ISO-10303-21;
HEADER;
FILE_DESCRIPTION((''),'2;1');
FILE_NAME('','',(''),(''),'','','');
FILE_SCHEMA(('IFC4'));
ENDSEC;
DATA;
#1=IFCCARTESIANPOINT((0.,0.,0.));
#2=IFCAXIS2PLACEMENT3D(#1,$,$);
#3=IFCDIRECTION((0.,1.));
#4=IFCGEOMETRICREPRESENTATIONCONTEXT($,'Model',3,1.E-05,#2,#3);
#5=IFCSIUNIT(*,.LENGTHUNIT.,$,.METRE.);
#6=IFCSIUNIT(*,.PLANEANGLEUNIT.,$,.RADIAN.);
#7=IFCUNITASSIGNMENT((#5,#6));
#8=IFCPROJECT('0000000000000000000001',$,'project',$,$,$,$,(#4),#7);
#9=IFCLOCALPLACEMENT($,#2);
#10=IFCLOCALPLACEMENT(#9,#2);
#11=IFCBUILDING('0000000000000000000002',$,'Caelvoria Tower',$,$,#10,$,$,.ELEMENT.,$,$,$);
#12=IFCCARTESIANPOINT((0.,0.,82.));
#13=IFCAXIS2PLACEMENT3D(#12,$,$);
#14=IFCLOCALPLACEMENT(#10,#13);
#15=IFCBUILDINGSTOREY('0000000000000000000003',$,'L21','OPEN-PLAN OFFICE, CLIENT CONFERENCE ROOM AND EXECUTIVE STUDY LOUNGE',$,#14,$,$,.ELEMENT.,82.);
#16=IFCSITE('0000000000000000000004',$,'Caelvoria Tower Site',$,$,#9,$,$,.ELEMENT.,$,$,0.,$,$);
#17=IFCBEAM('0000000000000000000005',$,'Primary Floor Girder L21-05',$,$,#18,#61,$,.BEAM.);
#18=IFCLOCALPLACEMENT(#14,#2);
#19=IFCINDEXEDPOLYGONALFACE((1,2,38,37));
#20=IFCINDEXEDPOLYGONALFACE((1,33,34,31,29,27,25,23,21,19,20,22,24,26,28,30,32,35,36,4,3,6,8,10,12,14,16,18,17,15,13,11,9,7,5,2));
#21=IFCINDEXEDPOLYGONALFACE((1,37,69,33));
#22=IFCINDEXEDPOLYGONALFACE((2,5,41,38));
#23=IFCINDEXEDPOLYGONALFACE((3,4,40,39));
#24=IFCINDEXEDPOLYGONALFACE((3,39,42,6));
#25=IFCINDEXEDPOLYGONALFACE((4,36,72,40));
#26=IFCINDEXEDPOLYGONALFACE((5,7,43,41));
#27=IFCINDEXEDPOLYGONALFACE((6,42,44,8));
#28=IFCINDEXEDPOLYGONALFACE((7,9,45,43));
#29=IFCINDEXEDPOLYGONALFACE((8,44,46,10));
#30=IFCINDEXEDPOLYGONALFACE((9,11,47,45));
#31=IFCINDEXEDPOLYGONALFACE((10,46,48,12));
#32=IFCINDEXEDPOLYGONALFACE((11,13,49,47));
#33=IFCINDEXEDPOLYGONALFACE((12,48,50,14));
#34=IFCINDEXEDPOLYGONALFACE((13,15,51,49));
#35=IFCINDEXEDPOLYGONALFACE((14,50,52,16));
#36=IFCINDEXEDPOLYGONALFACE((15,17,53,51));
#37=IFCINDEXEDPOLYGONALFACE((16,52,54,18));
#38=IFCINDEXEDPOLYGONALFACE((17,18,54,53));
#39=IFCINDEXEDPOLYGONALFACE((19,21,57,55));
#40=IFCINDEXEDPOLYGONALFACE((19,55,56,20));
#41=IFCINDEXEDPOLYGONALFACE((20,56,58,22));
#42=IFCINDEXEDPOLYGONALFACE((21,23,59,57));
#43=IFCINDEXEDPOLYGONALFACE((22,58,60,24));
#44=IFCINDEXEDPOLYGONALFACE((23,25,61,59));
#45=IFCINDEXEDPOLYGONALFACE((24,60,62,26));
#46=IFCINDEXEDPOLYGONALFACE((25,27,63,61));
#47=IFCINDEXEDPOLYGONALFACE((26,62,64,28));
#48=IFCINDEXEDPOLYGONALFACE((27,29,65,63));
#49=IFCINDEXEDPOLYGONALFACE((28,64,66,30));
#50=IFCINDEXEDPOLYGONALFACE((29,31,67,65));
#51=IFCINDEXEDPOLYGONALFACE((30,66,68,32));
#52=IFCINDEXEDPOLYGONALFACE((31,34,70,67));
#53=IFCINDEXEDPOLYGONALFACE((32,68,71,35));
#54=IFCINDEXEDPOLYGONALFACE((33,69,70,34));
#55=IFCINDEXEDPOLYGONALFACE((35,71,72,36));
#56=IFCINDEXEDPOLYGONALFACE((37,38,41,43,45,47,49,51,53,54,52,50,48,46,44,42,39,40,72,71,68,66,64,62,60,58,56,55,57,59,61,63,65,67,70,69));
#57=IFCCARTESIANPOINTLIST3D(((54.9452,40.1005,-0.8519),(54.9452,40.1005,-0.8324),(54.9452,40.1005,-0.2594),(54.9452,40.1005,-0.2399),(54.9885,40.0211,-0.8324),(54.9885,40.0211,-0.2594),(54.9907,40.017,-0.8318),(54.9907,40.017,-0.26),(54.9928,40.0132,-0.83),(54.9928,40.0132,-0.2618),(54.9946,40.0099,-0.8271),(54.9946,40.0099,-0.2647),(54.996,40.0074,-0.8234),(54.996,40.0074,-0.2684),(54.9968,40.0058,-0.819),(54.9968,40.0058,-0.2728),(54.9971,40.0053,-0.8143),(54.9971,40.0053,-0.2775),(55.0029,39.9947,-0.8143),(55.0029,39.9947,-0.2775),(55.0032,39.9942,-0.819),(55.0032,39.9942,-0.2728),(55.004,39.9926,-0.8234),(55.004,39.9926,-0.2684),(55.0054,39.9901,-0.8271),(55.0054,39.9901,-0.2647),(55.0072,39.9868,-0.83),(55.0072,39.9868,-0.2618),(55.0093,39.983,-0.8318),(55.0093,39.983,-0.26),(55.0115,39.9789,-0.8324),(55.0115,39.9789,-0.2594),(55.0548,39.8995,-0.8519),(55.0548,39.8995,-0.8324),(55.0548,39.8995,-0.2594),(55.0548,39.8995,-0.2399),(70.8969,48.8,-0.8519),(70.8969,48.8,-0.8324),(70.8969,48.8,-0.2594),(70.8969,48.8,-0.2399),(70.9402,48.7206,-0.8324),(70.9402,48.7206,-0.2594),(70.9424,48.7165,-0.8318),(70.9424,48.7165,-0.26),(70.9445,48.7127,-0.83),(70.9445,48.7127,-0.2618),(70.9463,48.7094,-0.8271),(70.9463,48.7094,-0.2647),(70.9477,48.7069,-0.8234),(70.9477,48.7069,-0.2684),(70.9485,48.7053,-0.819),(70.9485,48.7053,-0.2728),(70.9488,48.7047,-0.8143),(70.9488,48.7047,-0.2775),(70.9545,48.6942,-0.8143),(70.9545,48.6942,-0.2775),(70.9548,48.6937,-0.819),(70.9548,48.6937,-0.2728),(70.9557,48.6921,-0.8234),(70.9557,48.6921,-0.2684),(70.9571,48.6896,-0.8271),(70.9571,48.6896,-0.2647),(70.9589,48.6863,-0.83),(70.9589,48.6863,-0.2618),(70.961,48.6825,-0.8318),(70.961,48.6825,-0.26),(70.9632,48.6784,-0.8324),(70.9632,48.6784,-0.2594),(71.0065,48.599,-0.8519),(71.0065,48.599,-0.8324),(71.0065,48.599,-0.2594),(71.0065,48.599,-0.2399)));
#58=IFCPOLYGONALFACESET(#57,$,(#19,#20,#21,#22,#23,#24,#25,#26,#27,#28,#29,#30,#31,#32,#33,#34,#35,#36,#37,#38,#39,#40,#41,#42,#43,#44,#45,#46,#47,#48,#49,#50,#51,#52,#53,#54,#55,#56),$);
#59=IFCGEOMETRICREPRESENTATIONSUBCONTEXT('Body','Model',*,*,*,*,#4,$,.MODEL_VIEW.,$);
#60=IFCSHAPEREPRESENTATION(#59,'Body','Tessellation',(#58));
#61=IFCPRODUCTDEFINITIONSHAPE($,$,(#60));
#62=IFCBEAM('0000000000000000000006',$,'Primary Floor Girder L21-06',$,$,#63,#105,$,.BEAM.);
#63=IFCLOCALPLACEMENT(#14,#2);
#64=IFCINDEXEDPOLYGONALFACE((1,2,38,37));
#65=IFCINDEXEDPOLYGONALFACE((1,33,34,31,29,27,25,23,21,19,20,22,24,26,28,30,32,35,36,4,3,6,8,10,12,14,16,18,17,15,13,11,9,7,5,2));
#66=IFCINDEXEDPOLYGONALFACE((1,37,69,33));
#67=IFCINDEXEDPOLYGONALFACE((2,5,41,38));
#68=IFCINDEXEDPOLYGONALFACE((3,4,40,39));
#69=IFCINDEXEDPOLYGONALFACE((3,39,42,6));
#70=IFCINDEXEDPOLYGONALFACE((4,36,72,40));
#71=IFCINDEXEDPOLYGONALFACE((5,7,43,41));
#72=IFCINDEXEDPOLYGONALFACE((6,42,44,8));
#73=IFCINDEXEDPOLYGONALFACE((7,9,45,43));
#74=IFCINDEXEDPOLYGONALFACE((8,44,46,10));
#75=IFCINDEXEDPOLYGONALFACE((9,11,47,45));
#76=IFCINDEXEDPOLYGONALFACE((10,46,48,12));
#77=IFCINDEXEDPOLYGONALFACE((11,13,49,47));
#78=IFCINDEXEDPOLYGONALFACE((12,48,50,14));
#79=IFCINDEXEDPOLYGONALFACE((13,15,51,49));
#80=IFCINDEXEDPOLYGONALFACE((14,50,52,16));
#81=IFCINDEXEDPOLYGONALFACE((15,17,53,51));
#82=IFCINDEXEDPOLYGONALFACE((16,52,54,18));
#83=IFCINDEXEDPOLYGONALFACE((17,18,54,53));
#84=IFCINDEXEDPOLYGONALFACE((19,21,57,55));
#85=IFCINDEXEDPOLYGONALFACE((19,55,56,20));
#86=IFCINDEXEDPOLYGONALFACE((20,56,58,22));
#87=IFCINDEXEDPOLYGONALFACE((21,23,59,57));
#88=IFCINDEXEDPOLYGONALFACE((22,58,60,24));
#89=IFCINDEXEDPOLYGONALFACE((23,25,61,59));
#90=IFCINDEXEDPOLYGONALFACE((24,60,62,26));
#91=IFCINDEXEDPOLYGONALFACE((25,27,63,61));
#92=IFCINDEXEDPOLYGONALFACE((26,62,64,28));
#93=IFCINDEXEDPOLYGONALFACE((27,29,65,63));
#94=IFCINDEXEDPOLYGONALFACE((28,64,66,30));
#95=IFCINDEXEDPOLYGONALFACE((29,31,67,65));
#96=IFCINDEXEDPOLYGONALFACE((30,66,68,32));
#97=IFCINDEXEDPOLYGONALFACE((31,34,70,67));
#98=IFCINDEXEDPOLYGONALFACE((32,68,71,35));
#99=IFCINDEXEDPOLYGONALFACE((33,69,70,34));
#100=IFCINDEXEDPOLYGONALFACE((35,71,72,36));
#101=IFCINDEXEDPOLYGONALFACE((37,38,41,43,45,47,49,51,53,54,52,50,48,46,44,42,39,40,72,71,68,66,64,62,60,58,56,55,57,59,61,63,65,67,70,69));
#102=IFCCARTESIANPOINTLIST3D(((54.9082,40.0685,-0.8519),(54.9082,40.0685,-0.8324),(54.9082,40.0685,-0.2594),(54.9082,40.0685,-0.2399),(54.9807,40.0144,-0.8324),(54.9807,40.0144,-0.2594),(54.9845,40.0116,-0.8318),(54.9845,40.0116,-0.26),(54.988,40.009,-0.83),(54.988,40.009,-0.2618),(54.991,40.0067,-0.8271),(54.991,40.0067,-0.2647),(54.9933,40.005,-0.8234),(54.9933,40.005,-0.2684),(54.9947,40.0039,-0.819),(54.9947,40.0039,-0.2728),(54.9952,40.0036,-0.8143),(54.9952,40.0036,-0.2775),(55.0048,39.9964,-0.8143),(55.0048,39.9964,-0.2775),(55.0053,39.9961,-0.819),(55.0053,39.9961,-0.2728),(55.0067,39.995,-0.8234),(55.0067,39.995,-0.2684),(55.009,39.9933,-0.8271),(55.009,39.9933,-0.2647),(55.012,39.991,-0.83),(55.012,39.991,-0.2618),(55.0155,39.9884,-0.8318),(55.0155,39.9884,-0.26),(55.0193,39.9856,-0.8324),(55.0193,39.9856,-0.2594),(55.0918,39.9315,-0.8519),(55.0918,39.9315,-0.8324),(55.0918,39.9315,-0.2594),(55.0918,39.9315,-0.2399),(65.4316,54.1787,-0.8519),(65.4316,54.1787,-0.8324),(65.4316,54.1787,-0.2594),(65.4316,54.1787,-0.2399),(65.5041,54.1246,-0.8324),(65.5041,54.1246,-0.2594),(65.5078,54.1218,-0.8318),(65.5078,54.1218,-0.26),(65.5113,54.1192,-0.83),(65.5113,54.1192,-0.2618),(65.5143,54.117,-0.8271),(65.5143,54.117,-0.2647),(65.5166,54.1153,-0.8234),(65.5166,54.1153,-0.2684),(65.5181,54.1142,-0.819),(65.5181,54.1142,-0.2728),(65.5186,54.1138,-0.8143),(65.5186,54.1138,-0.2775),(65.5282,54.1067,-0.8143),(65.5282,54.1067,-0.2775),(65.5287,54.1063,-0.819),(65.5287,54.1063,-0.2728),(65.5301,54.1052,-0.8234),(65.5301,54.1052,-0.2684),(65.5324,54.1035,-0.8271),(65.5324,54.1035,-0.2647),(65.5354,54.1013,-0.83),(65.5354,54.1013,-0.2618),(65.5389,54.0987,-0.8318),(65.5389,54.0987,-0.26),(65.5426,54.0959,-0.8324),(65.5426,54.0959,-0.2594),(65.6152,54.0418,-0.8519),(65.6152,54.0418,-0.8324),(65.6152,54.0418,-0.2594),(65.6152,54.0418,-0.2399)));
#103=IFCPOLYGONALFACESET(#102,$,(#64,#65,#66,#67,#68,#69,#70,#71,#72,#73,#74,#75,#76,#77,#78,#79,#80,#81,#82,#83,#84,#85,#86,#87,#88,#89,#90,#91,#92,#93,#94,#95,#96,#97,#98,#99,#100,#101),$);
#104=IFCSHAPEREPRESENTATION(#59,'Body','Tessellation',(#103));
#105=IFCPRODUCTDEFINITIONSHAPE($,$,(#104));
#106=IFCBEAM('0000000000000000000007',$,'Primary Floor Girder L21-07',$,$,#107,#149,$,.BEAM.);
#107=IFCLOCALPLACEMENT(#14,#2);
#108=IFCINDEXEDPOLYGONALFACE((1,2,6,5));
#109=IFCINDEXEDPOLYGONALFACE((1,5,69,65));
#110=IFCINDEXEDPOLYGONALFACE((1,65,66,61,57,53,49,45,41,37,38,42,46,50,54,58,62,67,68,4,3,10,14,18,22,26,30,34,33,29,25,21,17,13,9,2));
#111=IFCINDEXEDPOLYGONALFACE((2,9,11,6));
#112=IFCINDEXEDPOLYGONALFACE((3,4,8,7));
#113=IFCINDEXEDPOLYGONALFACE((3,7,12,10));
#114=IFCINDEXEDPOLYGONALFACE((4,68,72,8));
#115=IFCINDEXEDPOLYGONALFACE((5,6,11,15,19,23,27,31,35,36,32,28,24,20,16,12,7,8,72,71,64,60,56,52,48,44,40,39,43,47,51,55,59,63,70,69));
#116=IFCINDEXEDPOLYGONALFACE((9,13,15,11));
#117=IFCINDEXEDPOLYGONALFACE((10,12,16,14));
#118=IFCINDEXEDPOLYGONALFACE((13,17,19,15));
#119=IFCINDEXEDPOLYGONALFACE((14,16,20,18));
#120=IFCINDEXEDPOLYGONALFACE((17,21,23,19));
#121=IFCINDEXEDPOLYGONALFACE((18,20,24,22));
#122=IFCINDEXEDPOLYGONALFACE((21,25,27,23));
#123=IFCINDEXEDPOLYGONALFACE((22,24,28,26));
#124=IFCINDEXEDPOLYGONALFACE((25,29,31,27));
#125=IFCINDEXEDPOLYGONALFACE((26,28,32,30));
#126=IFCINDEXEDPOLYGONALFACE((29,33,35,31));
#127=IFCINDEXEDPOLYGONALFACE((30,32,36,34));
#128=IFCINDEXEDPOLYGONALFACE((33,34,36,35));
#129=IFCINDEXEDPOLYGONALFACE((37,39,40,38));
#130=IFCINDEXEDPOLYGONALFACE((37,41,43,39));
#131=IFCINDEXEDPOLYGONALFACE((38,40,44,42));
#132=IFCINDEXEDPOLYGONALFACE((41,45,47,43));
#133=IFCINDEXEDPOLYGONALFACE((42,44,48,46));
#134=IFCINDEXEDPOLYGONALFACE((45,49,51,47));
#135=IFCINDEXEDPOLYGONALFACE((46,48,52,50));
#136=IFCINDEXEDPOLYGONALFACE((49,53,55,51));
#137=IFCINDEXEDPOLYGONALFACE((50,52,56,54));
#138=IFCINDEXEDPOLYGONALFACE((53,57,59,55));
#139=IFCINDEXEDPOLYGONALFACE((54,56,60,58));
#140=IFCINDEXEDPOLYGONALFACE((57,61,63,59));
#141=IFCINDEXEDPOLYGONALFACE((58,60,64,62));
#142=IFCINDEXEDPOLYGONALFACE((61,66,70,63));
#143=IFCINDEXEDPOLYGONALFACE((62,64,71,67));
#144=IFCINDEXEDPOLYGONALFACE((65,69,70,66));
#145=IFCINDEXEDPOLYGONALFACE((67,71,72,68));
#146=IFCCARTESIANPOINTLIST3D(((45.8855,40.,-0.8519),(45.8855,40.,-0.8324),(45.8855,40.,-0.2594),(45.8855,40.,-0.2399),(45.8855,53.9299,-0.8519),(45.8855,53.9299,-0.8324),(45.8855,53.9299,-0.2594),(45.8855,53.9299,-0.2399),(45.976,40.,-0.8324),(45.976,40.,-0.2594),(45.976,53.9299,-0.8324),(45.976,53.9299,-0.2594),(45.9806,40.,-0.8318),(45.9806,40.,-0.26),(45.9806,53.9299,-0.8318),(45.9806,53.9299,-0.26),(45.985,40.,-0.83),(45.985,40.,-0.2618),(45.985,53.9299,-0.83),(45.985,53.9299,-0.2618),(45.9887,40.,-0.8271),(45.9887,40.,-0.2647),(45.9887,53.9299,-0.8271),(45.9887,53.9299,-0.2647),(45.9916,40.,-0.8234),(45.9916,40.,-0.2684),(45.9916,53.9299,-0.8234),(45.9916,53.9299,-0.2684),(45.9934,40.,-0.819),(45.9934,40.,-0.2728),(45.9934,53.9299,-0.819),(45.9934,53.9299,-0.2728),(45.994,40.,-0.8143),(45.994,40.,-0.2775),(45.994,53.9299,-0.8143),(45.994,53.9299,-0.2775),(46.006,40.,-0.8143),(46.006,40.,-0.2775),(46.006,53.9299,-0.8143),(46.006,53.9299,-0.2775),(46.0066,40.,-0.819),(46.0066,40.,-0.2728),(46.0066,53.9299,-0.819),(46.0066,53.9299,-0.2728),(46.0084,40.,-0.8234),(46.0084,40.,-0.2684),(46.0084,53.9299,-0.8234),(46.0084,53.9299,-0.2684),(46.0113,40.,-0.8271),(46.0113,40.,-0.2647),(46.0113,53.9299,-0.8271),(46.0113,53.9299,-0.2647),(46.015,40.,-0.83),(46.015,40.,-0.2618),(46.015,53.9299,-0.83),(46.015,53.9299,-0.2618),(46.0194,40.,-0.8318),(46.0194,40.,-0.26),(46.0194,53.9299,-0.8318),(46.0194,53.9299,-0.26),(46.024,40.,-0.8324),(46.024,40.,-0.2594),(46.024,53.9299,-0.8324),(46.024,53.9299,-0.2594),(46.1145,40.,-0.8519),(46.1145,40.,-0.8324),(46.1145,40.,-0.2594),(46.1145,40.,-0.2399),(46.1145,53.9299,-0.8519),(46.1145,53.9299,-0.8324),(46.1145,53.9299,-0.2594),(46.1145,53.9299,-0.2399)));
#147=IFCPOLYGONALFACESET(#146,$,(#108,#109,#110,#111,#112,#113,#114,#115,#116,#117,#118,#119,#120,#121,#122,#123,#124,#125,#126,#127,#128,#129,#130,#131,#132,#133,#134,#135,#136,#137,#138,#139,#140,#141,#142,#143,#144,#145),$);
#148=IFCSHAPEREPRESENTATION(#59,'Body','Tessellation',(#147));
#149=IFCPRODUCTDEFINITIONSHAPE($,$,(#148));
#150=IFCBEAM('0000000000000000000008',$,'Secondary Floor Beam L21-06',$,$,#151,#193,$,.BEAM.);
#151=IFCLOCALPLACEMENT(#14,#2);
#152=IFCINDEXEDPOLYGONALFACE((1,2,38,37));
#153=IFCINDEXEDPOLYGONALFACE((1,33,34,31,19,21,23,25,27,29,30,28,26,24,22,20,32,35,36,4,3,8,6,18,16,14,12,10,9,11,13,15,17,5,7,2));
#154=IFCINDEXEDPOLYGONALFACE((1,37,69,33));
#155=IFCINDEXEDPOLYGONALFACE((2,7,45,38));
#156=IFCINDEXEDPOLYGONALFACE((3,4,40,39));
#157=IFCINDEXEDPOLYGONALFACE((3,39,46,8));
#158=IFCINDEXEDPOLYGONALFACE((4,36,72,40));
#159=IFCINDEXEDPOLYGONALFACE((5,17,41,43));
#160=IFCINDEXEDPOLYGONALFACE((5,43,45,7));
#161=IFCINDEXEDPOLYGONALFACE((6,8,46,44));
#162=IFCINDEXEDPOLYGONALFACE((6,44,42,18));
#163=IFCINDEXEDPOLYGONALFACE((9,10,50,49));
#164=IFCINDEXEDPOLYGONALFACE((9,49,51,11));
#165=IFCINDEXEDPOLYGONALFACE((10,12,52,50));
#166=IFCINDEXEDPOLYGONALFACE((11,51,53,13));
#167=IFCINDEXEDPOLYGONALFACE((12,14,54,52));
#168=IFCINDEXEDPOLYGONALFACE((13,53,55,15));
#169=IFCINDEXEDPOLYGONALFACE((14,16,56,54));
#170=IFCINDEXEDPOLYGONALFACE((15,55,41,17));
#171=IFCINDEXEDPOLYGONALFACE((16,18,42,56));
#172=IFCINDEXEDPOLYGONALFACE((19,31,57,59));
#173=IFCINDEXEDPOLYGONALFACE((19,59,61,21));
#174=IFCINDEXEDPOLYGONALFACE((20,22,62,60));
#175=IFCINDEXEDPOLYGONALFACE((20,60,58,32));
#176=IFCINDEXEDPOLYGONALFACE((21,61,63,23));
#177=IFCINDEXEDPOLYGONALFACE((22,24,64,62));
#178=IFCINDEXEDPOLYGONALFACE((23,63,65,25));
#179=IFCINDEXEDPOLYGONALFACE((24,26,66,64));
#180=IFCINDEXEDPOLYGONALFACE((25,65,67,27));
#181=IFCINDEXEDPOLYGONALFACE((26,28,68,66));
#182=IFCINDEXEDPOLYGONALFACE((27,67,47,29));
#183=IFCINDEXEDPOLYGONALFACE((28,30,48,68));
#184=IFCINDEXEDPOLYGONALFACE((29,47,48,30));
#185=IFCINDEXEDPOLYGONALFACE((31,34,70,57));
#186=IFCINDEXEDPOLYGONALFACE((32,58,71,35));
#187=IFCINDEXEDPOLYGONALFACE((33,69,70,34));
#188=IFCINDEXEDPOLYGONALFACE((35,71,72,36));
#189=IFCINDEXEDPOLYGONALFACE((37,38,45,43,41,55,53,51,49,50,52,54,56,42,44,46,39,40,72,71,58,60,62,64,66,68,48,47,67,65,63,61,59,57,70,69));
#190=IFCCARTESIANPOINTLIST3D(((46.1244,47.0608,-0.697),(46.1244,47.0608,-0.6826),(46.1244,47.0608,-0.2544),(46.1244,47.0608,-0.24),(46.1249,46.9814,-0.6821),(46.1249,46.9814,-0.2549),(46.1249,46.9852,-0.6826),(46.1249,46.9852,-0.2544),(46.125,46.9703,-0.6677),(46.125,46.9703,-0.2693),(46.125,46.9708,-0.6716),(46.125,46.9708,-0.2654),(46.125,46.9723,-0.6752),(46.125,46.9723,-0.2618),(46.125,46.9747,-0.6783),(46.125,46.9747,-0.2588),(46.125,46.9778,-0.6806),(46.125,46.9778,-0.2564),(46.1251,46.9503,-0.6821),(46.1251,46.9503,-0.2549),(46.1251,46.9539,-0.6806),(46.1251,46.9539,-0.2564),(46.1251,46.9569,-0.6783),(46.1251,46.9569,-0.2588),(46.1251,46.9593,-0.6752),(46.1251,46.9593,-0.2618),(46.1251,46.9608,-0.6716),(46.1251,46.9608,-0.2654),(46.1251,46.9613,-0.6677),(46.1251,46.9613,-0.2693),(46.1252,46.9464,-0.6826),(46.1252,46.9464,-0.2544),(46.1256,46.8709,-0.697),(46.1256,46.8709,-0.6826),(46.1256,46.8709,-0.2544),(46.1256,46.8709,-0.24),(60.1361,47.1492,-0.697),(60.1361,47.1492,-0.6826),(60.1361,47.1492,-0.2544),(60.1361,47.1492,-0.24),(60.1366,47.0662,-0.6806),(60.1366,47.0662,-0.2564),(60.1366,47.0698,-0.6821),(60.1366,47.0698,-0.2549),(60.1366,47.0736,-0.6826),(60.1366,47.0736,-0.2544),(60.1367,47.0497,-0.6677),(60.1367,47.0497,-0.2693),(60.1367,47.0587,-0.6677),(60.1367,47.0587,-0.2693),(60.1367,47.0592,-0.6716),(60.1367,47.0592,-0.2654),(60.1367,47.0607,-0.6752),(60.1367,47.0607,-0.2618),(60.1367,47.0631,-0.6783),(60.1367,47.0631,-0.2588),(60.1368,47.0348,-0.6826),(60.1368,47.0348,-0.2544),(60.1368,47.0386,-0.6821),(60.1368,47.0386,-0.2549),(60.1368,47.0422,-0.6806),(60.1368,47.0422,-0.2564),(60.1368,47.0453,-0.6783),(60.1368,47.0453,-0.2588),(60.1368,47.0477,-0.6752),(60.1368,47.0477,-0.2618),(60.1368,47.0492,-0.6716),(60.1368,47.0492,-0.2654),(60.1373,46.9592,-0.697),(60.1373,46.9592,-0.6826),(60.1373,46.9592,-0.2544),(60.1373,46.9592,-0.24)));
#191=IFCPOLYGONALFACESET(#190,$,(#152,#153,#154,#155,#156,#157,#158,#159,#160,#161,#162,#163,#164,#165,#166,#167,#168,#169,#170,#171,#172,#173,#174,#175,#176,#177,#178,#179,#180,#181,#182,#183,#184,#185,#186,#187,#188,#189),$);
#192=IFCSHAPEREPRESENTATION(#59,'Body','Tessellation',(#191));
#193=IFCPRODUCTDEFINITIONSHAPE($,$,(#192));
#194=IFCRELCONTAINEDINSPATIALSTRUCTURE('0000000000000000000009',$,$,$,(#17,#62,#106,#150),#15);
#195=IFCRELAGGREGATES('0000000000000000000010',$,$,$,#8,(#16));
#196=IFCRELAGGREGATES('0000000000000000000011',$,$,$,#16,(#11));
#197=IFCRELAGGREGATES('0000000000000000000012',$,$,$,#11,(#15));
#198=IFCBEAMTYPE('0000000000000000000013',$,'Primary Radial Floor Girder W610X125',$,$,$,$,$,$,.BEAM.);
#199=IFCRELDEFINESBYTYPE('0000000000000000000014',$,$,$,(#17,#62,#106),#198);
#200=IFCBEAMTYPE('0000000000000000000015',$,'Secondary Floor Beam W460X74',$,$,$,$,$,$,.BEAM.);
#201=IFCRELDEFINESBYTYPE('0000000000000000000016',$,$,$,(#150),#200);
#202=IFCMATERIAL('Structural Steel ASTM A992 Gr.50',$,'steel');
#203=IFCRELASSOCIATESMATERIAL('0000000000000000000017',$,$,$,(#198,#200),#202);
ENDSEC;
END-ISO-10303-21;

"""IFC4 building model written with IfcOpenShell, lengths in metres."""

from ifc_helpers import new_model, si_unit, direction, frame, origin, origin_2d, place, context, subcontext, project, spatial, i_section, extrude, material, material_profile, profile_set, type_object, element, save


model = new_model("IFC4")

# Units and contexts
model_context = context("Model", 3, precision=1e-05, world=origin(), true_north=direction((0.0, 1.0)))
body_context = subcontext(model_context, "Body", "Model", "MODEL_VIEW")
ifc_project = project(units=[si_unit("LENGTHUNIT", "METRE"), si_unit("PLANEANGLEUNIT", "RADIAN")], contexts=[model_context])

# Site, building, storey
site_placement = place(None, origin())
site = spatial("IfcSite", under=ifc_project, at=site_placement, Name="Caelvoria Tower Site", CompositionType="ELEMENT", RefElevation=0.0)
building_placement = place(site_placement, origin())
building = spatial("IfcBuilding", under=site, at=building_placement, Name="Caelvoria Tower", CompositionType="ELEMENT")
storey_placement = place(building_placement, frame((0.0, 0.0, 82.0)))
storey = spatial("IfcBuildingStorey", under=building, at=storey_placement, Name="L21", Description="OPEN-PLAN OFFICE, CLIENT CONFERENCE ROOM AND EXECUTIVE STUDY LOUNGE", CompositionType="ELEMENT", Elevation=82.0)

# Beams
ifc_material_1 = material(Name="Structural Steel ASTM A992 Gr.50", Category="steel")
ifc_material_profile_1 = material_profile(ifc_material_1, i_section(OverallWidth=0.229, OverallDepth=0.6121, WebThickness=0.012, FlangeThickness=0.0195, FilletRadius=0.0181, at=origin_2d()), Name="Structural Steel ASTM A992 Gr.50")
ifc_profile_set_1 = profile_set([ifc_material_profile_1], Name="W610X125 - Structural Steel ASTM A992 Gr.50")
beam_type_1 = type_object("IfcBeamType", Name="Primary Radial Floor Girder W610X125", PredefinedType="BEAM", material=ifc_profile_set_1)
beam_1_placement = place(storey_placement, frame((55.0, 40.0, -0.5459), z_axis=(0.877929, 0.478791, 0.0), x_axis=(-0.478791, 0.877929, 0.0)))
element("IfcBeam", 1, at=beam_1_placement, inside=storey, type_object=beam_type_1, Name="Primary Floor Girder L21-05", PredefinedType="BEAM", context=body_context, shape_type="SweptSolid", body=[
    extrude(i_section(OverallWidth=0.229, OverallDepth=0.6121, WebThickness=0.012, FlangeThickness=0.0195, FilletRadius=0.0181, at=origin_2d()), origin(), (0.0, 0.0, 1.0), 18.1697),
])
beam_2_placement = place(storey_placement, frame((55.0, 40.0, -0.5459), z_axis=(0.597841, 0.801615, 0.0), x_axis=(-0.801615, 0.597841, 0.0)))
element("IfcBeam", 2, at=beam_2_placement, inside=storey, type_object=beam_type_1, Name="Primary Floor Girder L21-06", PredefinedType="BEAM", context=body_context, shape_type="SweptSolid", body=[
    extrude(i_section(OverallWidth=0.229, OverallDepth=0.6121, WebThickness=0.012, FlangeThickness=0.0195, FilletRadius=0.0181, at=origin_2d()), origin(), (0.0, 0.0, 1.0), 17.6023),
])
beam_3_placement = place(storey_placement, frame((46.0, 40.0, -0.5459), z_axis=(0.0, 1.0, 0.0), x_axis=(-1.0, 0.0, 0.0)))
element("IfcBeam", 3, at=beam_3_placement, inside=storey, type_object=beam_type_1, Name="Primary Floor Girder L21-07", PredefinedType="BEAM", context=body_context, shape_type="SweptSolid", body=[
    extrude(i_section(OverallWidth=0.229, OverallDepth=0.6121, WebThickness=0.012, FlangeThickness=0.0195, FilletRadius=0.0181, at=origin_2d()), origin(), (0.0, 0.0, 1.0), 13.9299),
])
ifc_material_profile_2 = material_profile(ifc_material_1, i_section(OverallWidth=0.1899, OverallDepth=0.457, WebThickness=0.009, FlangeThickness=0.0144, FilletRadius=0.0149, at=origin_2d()), Name="Structural Steel ASTM A992 Gr.50")
ifc_profile_set_2 = profile_set([ifc_material_profile_2], Name="W460X74 - Structural Steel ASTM A992 Gr.50")
beam_type_2 = type_object("IfcBeamType", Name="Secondary Floor Beam W460X74", PredefinedType="BEAM", material=ifc_profile_set_2)
for number, where, z_axis, x_axis, name in (
    (4, (60.1367, 47.0542, -0.4685), (-0.99998, -0.006307, 0.0), (0.006307, -0.99998, 0.0), "Secondary Floor Beam L21-06"),
):
    element("IfcBeam", number, at=place(storey_placement, frame(where, z_axis=z_axis, x_axis=x_axis)), inside=storey, type_object=beam_type_2, Name=name, PredefinedType="BEAM", context=body_context, shape_type="SweptSolid", body=[
        extrude(i_section(OverallWidth=0.1899, OverallDepth=0.457, WebThickness=0.009, FlangeThickness=0.0144, FilletRadius=0.0149, at=origin_2d()), origin(), (0.0, 0.0, 1.0), 14.012),
    ])

save(model, "model.ifc")
